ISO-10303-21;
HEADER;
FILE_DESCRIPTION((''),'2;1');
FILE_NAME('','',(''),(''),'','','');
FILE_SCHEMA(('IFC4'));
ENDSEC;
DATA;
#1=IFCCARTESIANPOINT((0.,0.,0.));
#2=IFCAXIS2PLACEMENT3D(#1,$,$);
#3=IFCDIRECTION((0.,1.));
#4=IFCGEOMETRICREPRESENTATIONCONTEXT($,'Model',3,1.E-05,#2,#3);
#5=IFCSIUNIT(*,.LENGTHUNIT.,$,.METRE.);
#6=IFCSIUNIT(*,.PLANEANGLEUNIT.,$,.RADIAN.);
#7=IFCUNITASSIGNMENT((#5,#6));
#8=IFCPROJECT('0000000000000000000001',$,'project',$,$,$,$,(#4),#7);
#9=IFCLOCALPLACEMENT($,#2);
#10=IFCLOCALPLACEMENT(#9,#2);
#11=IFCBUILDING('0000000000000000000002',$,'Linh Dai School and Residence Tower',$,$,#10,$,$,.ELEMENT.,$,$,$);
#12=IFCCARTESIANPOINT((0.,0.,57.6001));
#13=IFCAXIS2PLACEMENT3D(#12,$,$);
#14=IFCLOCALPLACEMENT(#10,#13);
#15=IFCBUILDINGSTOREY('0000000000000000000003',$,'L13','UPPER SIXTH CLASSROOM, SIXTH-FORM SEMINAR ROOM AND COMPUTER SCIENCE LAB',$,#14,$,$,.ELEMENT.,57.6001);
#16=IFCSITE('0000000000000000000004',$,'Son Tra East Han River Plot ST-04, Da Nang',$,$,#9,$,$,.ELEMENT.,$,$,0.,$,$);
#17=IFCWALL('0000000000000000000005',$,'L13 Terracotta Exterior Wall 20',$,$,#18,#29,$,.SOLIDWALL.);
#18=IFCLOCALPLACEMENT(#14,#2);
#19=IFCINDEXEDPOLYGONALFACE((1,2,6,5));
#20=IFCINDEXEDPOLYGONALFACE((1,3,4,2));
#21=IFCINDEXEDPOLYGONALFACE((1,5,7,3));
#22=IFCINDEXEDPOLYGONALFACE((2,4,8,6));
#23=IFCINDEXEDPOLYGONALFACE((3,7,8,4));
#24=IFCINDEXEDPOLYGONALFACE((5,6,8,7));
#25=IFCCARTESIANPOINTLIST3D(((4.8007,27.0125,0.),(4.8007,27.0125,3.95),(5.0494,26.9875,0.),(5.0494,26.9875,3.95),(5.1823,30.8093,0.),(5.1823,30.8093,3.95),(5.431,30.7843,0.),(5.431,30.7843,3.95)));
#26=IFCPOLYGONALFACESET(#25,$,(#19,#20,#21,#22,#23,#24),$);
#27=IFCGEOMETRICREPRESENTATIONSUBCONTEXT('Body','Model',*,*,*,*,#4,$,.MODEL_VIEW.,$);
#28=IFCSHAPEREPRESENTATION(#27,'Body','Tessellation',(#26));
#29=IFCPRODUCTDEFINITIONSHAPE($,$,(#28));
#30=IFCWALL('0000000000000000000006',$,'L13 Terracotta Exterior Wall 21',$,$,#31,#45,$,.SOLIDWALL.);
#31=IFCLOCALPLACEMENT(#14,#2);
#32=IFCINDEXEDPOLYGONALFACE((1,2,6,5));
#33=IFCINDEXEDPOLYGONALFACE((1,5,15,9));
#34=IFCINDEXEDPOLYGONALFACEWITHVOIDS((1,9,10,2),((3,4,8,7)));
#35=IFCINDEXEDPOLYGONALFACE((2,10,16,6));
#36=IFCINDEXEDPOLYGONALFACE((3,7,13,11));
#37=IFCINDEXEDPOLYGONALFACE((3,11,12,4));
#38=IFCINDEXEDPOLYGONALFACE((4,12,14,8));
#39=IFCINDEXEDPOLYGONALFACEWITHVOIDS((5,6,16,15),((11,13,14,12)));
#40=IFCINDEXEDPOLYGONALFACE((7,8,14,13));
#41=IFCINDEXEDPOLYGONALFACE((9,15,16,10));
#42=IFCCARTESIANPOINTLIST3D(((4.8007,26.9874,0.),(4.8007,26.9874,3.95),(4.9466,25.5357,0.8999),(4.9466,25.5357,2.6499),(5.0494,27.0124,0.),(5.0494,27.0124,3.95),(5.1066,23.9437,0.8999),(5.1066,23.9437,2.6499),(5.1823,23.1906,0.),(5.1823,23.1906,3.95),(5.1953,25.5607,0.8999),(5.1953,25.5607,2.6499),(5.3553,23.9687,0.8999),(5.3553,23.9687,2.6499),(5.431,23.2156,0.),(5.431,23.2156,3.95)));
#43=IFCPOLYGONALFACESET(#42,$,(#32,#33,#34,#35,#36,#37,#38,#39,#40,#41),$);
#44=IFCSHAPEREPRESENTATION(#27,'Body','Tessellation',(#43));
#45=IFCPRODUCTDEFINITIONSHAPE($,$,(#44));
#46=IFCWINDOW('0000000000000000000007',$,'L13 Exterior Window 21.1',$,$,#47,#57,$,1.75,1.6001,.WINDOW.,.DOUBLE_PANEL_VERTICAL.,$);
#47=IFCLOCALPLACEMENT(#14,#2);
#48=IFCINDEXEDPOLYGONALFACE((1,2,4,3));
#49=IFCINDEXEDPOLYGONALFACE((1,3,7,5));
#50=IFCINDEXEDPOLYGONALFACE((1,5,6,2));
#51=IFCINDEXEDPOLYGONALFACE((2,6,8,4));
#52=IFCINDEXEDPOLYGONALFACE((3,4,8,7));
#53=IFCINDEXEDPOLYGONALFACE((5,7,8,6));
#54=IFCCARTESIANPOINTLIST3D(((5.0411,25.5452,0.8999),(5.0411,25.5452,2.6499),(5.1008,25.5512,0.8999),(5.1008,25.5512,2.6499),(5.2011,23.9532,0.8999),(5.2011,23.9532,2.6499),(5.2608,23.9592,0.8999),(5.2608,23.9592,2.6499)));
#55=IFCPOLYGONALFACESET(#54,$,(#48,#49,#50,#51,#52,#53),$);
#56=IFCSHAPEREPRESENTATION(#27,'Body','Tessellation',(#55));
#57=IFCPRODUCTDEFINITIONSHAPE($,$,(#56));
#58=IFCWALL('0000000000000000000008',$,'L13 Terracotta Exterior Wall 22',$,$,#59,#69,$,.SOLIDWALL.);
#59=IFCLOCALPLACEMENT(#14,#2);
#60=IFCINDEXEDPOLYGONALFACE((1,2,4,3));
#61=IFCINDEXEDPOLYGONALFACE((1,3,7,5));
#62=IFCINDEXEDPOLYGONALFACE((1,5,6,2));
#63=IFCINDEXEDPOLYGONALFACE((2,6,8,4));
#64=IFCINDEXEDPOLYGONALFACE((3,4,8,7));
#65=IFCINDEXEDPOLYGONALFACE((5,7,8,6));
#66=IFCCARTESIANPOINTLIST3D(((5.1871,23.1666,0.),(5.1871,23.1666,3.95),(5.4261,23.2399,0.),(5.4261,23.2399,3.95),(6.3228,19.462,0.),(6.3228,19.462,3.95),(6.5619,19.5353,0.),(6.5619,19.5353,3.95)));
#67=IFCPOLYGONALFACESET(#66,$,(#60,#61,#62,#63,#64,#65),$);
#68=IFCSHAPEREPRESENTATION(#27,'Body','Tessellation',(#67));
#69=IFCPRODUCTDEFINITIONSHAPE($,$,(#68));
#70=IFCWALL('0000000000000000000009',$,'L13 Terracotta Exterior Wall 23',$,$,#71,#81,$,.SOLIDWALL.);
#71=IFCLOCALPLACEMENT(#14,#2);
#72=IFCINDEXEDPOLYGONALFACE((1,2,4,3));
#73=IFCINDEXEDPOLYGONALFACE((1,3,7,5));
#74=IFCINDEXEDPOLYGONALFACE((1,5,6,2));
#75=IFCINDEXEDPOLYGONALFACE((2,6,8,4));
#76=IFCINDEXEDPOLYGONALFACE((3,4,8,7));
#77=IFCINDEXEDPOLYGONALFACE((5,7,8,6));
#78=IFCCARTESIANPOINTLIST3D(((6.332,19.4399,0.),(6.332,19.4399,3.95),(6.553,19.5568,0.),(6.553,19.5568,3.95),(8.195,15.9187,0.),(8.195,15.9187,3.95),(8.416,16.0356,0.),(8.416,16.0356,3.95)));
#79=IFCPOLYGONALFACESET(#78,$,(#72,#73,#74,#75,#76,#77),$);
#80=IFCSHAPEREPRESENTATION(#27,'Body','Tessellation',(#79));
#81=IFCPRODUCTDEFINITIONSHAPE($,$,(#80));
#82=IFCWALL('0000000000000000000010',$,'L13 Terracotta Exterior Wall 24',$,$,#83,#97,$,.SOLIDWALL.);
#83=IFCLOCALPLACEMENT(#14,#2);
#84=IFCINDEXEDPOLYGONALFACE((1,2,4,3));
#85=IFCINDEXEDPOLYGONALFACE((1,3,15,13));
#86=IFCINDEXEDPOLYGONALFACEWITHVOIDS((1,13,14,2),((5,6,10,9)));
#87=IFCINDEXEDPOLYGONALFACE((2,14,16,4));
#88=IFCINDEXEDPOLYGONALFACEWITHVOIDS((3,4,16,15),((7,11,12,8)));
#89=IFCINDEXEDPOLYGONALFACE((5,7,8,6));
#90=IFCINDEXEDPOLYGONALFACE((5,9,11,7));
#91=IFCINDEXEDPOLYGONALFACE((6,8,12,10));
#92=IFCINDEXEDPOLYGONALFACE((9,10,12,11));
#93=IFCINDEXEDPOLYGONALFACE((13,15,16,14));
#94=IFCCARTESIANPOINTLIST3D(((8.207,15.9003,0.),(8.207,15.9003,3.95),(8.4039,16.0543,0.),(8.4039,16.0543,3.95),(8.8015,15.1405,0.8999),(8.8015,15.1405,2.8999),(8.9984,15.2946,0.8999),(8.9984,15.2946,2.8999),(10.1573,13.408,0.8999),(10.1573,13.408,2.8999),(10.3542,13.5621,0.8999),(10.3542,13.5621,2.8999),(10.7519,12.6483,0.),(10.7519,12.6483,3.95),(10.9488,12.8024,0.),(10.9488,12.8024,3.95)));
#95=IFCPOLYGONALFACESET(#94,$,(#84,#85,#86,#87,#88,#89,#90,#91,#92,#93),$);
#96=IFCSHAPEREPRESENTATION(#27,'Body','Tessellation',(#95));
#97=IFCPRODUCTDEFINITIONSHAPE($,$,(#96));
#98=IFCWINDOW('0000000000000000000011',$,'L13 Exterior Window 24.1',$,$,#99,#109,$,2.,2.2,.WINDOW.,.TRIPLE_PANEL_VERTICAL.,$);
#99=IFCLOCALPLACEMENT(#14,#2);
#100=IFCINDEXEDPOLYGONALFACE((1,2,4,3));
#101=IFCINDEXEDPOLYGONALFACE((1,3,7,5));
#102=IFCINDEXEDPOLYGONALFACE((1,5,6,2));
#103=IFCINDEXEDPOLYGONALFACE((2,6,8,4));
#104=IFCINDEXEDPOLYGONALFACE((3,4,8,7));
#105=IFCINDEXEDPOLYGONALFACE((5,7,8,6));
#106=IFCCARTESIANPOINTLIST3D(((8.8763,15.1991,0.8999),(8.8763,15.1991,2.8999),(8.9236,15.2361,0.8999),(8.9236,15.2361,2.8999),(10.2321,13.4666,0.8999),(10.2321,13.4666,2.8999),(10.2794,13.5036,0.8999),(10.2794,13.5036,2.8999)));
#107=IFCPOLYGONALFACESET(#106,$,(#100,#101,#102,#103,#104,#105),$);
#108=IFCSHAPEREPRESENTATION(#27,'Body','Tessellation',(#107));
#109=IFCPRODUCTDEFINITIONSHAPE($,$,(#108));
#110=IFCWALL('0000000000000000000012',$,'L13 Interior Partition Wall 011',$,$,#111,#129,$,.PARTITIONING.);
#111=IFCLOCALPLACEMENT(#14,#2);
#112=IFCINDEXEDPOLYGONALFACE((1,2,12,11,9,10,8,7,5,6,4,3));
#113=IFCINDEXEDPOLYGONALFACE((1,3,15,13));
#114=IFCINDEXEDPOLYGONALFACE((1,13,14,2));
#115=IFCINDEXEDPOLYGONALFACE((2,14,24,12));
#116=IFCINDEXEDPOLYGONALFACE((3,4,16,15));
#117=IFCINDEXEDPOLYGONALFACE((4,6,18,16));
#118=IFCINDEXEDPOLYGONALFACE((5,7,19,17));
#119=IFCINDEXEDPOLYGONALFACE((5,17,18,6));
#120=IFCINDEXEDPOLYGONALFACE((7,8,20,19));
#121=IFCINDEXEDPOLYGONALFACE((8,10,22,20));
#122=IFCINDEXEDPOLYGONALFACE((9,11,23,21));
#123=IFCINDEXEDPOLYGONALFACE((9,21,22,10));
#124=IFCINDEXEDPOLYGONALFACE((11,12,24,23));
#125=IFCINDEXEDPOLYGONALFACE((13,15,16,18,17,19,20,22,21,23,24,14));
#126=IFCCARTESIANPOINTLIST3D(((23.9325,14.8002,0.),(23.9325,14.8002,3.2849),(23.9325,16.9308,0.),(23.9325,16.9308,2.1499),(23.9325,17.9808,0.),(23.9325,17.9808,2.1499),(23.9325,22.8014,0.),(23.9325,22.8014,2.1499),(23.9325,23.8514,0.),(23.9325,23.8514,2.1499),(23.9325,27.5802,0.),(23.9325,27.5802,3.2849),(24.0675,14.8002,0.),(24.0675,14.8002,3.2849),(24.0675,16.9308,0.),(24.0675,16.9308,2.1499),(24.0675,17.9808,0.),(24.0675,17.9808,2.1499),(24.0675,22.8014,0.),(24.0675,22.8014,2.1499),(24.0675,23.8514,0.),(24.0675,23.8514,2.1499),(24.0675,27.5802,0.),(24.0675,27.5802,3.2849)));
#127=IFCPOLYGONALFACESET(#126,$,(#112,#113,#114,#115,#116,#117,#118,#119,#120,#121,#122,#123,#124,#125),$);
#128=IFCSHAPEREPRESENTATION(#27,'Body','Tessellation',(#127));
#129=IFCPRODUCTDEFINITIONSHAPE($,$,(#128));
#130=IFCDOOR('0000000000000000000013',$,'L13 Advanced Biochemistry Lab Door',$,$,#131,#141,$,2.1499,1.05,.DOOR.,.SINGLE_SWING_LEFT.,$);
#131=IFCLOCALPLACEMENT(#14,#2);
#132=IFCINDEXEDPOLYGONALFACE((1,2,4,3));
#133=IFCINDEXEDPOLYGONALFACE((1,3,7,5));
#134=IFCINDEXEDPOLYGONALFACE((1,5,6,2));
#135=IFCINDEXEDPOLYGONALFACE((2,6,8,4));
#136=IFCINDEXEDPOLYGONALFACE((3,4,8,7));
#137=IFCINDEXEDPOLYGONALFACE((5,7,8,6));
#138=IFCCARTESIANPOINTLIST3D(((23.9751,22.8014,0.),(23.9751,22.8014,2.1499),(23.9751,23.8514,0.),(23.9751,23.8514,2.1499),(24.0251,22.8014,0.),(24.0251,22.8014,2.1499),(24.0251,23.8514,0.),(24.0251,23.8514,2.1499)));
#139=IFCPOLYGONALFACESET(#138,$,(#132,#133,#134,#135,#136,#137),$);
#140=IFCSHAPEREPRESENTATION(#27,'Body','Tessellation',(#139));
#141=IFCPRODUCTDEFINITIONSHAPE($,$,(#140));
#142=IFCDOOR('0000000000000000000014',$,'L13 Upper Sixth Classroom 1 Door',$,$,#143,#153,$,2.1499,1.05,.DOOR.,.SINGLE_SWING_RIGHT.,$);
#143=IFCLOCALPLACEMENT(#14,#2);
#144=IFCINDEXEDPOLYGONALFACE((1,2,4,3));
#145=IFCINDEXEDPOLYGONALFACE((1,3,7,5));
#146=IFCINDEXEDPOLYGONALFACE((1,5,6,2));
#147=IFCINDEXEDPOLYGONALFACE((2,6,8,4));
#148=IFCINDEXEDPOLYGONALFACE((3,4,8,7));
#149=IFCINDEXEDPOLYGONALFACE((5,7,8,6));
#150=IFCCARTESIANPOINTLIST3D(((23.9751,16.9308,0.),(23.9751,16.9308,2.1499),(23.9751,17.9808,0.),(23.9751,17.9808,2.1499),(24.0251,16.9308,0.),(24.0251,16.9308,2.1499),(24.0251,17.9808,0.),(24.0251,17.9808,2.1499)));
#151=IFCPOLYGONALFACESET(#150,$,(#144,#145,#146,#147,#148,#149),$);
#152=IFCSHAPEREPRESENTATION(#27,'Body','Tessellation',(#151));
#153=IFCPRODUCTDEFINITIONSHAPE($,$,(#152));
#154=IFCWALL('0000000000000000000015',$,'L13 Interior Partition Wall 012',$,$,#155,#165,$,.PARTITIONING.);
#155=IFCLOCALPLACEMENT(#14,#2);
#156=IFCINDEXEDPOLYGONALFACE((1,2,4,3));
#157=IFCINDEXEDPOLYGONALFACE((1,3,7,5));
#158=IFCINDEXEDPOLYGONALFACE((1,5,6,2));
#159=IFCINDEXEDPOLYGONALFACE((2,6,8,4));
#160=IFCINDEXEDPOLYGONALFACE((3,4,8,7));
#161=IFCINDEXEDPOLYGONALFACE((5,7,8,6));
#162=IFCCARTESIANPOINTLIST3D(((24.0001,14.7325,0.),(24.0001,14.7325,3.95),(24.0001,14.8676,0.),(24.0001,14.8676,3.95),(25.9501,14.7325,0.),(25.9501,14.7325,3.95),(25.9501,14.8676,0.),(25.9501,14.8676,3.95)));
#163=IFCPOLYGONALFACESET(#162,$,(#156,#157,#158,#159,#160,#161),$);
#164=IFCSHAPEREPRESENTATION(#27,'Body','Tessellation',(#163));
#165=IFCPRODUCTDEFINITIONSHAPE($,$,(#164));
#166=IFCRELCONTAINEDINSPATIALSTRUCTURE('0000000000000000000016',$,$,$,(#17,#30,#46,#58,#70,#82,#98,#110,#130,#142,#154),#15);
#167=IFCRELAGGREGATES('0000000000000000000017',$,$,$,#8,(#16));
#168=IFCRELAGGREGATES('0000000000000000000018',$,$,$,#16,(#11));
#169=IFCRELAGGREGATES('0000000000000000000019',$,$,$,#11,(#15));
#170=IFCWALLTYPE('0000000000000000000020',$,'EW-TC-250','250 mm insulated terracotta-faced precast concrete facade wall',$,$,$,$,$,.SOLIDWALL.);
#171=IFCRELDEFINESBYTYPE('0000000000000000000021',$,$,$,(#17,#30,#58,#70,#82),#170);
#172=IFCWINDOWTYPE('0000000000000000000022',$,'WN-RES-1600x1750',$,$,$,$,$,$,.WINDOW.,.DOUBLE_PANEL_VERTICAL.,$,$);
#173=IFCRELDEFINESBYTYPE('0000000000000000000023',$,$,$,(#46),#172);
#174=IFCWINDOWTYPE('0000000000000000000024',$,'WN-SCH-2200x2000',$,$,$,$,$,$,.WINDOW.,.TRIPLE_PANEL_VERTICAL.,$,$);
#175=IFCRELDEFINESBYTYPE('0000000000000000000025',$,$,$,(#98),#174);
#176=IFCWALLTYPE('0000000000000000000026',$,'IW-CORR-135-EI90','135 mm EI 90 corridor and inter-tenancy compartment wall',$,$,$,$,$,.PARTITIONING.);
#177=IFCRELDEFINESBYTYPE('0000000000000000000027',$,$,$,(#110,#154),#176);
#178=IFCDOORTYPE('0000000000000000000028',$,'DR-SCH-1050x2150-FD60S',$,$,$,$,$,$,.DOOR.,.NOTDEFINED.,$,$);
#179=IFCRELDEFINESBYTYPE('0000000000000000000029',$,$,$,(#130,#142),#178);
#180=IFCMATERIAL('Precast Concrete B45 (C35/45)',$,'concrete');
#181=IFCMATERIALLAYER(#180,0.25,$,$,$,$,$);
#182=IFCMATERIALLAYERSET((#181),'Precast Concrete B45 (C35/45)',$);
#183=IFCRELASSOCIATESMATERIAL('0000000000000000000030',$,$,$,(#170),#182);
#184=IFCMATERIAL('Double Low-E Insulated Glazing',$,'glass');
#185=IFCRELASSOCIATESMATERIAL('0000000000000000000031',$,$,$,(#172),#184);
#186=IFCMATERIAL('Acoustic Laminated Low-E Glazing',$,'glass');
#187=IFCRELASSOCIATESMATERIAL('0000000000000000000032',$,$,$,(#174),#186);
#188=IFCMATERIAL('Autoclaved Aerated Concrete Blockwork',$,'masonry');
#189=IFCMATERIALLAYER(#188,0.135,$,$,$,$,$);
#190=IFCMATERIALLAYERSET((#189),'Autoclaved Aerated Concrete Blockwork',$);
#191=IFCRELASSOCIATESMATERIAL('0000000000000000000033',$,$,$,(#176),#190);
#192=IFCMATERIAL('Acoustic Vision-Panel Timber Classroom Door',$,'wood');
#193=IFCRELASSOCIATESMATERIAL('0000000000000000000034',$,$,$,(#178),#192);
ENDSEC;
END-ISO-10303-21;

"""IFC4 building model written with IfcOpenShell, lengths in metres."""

from ifc_helpers import new_model, si_unit, direction, frame, frame_2d, origin, origin_2d, place, context, subcontext, project, spatial, rectangle, extrude, source, transform, mapped, material, layer, layer_set, type_object, element, fill, save


model = new_model("IFC4")

# Units and contexts
model_context = context("Model", 3, precision=1e-05, world=origin(), true_north=direction((0.0, 1.0)))
body_context = subcontext(model_context, "Body", "Model", "MODEL_VIEW")
ifc_project = project(units=[si_unit("LENGTHUNIT", "METRE"), si_unit("PLANEANGLEUNIT", "RADIAN")], contexts=[model_context])

# Site, building, storey
site_placement = place(None, origin())
site = spatial("IfcSite", under=ifc_project, at=site_placement, Name="Son Tra East Han River Plot ST-04, Da Nang", CompositionType="ELEMENT", RefElevation=0.0)
building_placement = place(site_placement, origin())
building = spatial("IfcBuilding", under=site, at=building_placement, Name="Linh Dai School and Residence Tower", CompositionType="ELEMENT")
storey_placement = place(building_placement, frame((0.0, 0.0, 57.6001)))
storey = spatial("IfcBuildingStorey", under=building, at=storey_placement, Name="L13", Description="UPPER SIXTH CLASSROOM, SIXTH-FORM SEMINAR ROOM AND COMPUTER SCIENCE LAB", CompositionType="ELEMENT", Elevation=57.6001)

# Shared definitions
ifc_material_1 = material(Name="Precast Concrete B45 (C35/45)", Category="concrete")

# Wall
ifc_layer_1 = layer(ifc_material_1, 0.25)
ifc_layer_set_1 = layer_set([ifc_layer_1], Name="Precast Concrete B45 (C35/45)")
wall_type_1 = type_object("IfcWallType", Name="EW-TC-250", Description="250 mm insulated terracotta-faced precast concrete facade wall", PredefinedType="SOLIDWALL", material=ifc_layer_set_1)
wall_1_placement = place(storey_placement, frame((4.925, 27.0, 0.0), z_axis=(0.0, 0.0, 1.0), x_axis=(0.099998, 0.994988, 0.0)))
element("IfcWall", 1, at=wall_1_placement, inside=storey, type_object=wall_type_1, Name="L13 Terracotta Exterior Wall 20", PredefinedType="SOLIDWALL", context=body_context, shape_type="SweptSolid", body=[
    extrude(rectangle(XDim=3.8159, YDim=0.25, at=frame_2d((1.908, 0.0))), origin(), (0.0, 0.0, 1.0), 3.95),
])

# Wall, opening, window
wall_2_placement = place(storey_placement, frame((5.3066, 23.2031, 0.0), z_axis=(0.0, 0.0, 1.0), x_axis=(-0.099998, 0.994988, 0.0)))
wall_2 = element("IfcWall", 2, at=wall_2_placement, inside=storey, type_object=wall_type_1, Name="L13 Terracotta Exterior Wall 21", PredefinedType="SOLIDWALL", context=body_context, shape_type="SweptSolid", body=[
    extrude(rectangle(XDim=3.8159, YDim=0.25, at=frame_2d((1.908, 0.0))), origin(), (0.0, 0.0, 1.0), 3.95),
])
opening_1_placement = place(wall_2_placement, frame((0.7568, 0.0, 0.8999)))
opening_1 = element("IfcOpeningElement", 3, at=opening_1_placement, cuts=wall_2, PredefinedType="OPENING", context=body_context, shape_type="SweptSolid", body=[
    extrude(rectangle(XDim=1.6001, YDim=1.75, at=origin_2d()), frame((0.8, 0.135, 0.875), z_axis=(0.0, -1.0, 0.0), x_axis=(1.0, 0.0, 0.0)), (0.0, 0.0, 1.0), 0.27),
])
ifc_material_2 = material(Name="Double Low-E Insulated Glazing", Category="glass")
window_type_1 = type_object("IfcWindowType", Name="WN-RES-1600x1750", PartitioningType="DOUBLE_PANEL_VERTICAL", PredefinedType="WINDOW", material=ifc_material_2)
shared_shape_1 = source(origin(), body_context, "Body", "SweptSolid", [
    extrude(rectangle(XDim=1.6001, YDim=1.75, at=origin_2d()), frame((0.8, 0.03, 0.875), z_axis=(0.0, -1.0, 0.0), x_axis=(1.0, 0.0, 0.0)), (0.0, 0.0, 1.0), 0.0601),
])
window_1_placement = place(opening_1_placement, origin())
window_1 = element("IfcWindow", 4, at=window_1_placement, inside=storey, type_object=window_type_1, Name="L13 Exterior Window 21.1", OverallHeight=1.75, OverallWidth=1.6001, PartitioningType="DOUBLE_PANEL_VERTICAL", PredefinedType="WINDOW", context=body_context, shape_type="MappedRepresentation", body=[
    mapped(shared_shape_1, transform((0.0, 0.0, 0.0), x_axis=(1.0, 0.0, 0.0), y_axis=(0.0, 1.0, 0.0), z_axis=(0.0, 0.0, 1.0), scale=1.0)),
])
fill(opening_1, window_1)

# Walls
wall_3_placement = place(storey_placement, frame((6.4424, 19.4985, 0.0), z_axis=(0.0, 0.0, 1.0), x_axis=(-0.293112, 0.956078, 0.0)))
element("IfcWall", 5, at=wall_3_placement, inside=storey, type_object=wall_type_1, Name="L13 Terracotta Exterior Wall 22", PredefinedType="SOLIDWALL", context=body_context, shape_type="SweptSolid", body=[
    extrude(rectangle(XDim=3.8748, YDim=0.25, at=frame_2d((1.9375, 0.0))), origin(), (0.0, 0.0, 1.0), 3.95),
])
wall_4_placement = place(storey_placement, frame((8.3054, 15.9773, 0.0), z_axis=(0.0, 0.0, 1.0), x_axis=(-0.467662, 0.883907, 0.0)))
element("IfcWall", 6, at=wall_4_placement, inside=storey, type_object=wall_type_1, Name="L13 Terracotta Exterior Wall 23", PredefinedType="SOLIDWALL", context=body_context, shape_type="SweptSolid", body=[
    extrude(rectangle(XDim=3.9836, YDim=0.25, at=frame_2d((1.9917, 0.0))), origin(), (0.0, 0.0, 1.0), 3.95),
])

# Wall, opening, window
wall_5_placement = place(storey_placement, frame((10.8503, 12.7253, 0.0), z_axis=(0.0, 0.0, 1.0), x_axis=(-0.616296, 0.787515, 0.0)))
wall_5 = element("IfcWall", 7, at=wall_5_placement, inside=storey, type_object=wall_type_1, Name="L13 Terracotta Exterior Wall 24", PredefinedType="SOLIDWALL", context=body_context, shape_type="SweptSolid", body=[
    extrude(rectangle(XDim=4.1294, YDim=0.25, at=frame_2d((2.0647, 0.0))), origin(), (0.0, 0.0, 1.0), 3.95),
])
opening_2_placement = place(wall_5_placement, frame((0.9646, 0.0, 0.8999)))
opening_2 = element("IfcOpeningElement", 8, at=opening_2_placement, cuts=wall_5, PredefinedType="OPENING", context=body_context, shape_type="SweptSolid", body=[
    extrude(rectangle(XDim=2.2, YDim=2.0, at=origin_2d()), frame((1.1001, 0.135, 1.0), z_axis=(0.0, -1.0, 0.0), x_axis=(1.0, 0.0, 0.0)), (0.0, 0.0, 1.0), 0.27),
])
ifc_material_3 = material(Name="Acoustic Laminated Low-E Glazing", Category="glass")
window_type_2 = type_object("IfcWindowType", Name="WN-SCH-2200x2000", PartitioningType="TRIPLE_PANEL_VERTICAL", PredefinedType="WINDOW", material=ifc_material_3)
shared_shape_2 = source(origin(), body_context, "Body", "SweptSolid", [
    extrude(rectangle(XDim=2.2, YDim=2.0, at=origin_2d()), frame((1.1001, 0.03, 1.0), z_axis=(0.0, -1.0, 0.0), x_axis=(1.0, 0.0, 0.0)), (0.0, 0.0, 1.0), 0.0601),
])
window_2_placement = place(opening_2_placement, origin())
window_2 = element("IfcWindow", 9, at=window_2_placement, inside=storey, type_object=window_type_2, Name="L13 Exterior Window 24.1", OverallHeight=2.0, OverallWidth=2.2, PartitioningType="TRIPLE_PANEL_VERTICAL", PredefinedType="WINDOW", context=body_context, shape_type="MappedRepresentation", body=[
    mapped(shared_shape_2, transform((0.0, 0.0, 0.0), x_axis=(1.0, 0.0, 0.0), y_axis=(0.0, 1.0, 0.0), z_axis=(0.0, 0.0, 1.0), scale=1.0)),
])
fill(opening_2, window_2)

# Wall, openings, doors
ifc_material_4 = material(Name="Autoclaved Aerated Concrete Blockwork", Category="masonry")
ifc_layer_2 = layer(ifc_material_4, 0.135)
ifc_layer_set_2 = layer_set([ifc_layer_2], Name="Autoclaved Aerated Concrete Blockwork")
wall_type_2 = type_object("IfcWallType", Name="IW-CORR-135-EI90", Description="135 mm EI 90 corridor and inter-tenancy compartment wall", PredefinedType="PARTITIONING", material=ifc_layer_set_2)
wall_6_placement = place(storey_placement, frame((24.0, 14.8, 0.0), z_axis=(0.0, 0.0, 1.0), x_axis=(0.0, 1.0, 0.0)))
wall_6 = element("IfcWall", 10, at=wall_6_placement, inside=storey, type_object=wall_type_2, Name="L13 Interior Partition Wall 011", PredefinedType="PARTITIONING", context=body_context, shape_type="SweptSolid", body=[
    extrude(rectangle(XDim=12.78, YDim=0.135, at=frame_2d((6.3901, 0.0))), origin(), (0.0, 0.0, 1.0), 3.2849),
])
opening_3_placement = place(wall_6_placement, frame((8.0015, 0.0, 0.0)))
opening_3 = element("IfcOpeningElement", 11, at=opening_3_placement, cuts=wall_6, PredefinedType="OPENING", context=body_context, shape_type="SweptSolid", body=[
    extrude(rectangle(XDim=1.05, YDim=2.1499, at=origin_2d()), frame((0.5249, 0.0776, 1.075), z_axis=(0.0, -1.0, 0.0), x_axis=(1.0, 0.0, 0.0)), (0.0, 0.0, 1.0), 0.155),
])
opening_4_placement = place(wall_6_placement, frame((2.1309, 0.0, 0.0)))
opening_4 = element("IfcOpeningElement", 12, at=opening_4_placement, cuts=wall_6, PredefinedType="OPENING", context=body_context, shape_type="SweptSolid", body=[
    extrude(rectangle(XDim=1.05, YDim=2.1499, at=origin_2d()), frame((0.5249, 0.0776, 1.075), z_axis=(0.0, -1.0, 0.0), x_axis=(1.0, 0.0, 0.0)), (0.0, 0.0, 1.0), 0.155),
])
ifc_material_5 = material(Name="Acoustic Vision-Panel Timber Classroom Door", Category="wood")
door_type = type_object("IfcDoorType", Name="DR-SCH-1050x2150-FD60S", OperationType="NOTDEFINED", PredefinedType="DOOR", material=ifc_material_5)
shared_shape_3 = source(origin(), body_context, "Body", "SweptSolid", [
    extrude(rectangle(XDim=1.05, YDim=2.1499, at=origin_2d()), frame((0.5249, 0.0249, 1.075), z_axis=(0.0, -1.0, 0.0), x_axis=(1.0, 0.0, 0.0)), (0.0, 0.0, 1.0), 0.05),
])
door_1_placement = place(opening_3_placement, origin())
door_1 = element("IfcDoor", 13, at=door_1_placement, inside=storey, type_object=door_type, Name="L13 Advanced Biochemistry Lab Door", OperationType="SINGLE_SWING_LEFT", OverallHeight=2.1499, OverallWidth=1.05, PredefinedType="DOOR", context=body_context, shape_type="MappedRepresentation", body=[
    mapped(shared_shape_3, transform((0.0, 0.0, 0.0), x_axis=(1.0, 0.0, 0.0), y_axis=(0.0, 1.0, 0.0), z_axis=(0.0, 0.0, 1.0), scale=1.0)),
])
fill(opening_3, door_1)
door_2_placement = place(opening_4_placement, origin())
door_2 = element("IfcDoor", 14, at=door_2_placement, inside=storey, type_object=door_type, Name="L13 Upper Sixth Classroom 1 Door", OperationType="SINGLE_SWING_RIGHT", OverallHeight=2.1499, OverallWidth=1.05, PredefinedType="DOOR", context=body_context, shape_type="MappedRepresentation", body=[
    mapped(shared_shape_3, transform((0.0, 0.0, 0.0), x_axis=(1.0, 0.0, 0.0), y_axis=(0.0, 1.0, 0.0), z_axis=(0.0, 0.0, 1.0), scale=1.0)),
])
fill(opening_4, door_2)

# Wall
wall_7_placement = place(storey_placement, frame((24.0, 14.8, 0.0), z_axis=(0.0, 0.0, 1.0), x_axis=(1.0, 0.0, 0.0)))
element("IfcWall", 15, at=wall_7_placement, inside=storey, type_object=wall_type_2, Name="L13 Interior Partition Wall 012", PredefinedType="PARTITIONING", context=body_context, shape_type="SweptSolid", body=[
    extrude(rectangle(XDim=1.95, YDim=0.135, at=frame_2d((0.9751, 0.0))), origin(), (0.0, 0.0, 1.0), 3.95),
])

save(model, "model.ifc")
